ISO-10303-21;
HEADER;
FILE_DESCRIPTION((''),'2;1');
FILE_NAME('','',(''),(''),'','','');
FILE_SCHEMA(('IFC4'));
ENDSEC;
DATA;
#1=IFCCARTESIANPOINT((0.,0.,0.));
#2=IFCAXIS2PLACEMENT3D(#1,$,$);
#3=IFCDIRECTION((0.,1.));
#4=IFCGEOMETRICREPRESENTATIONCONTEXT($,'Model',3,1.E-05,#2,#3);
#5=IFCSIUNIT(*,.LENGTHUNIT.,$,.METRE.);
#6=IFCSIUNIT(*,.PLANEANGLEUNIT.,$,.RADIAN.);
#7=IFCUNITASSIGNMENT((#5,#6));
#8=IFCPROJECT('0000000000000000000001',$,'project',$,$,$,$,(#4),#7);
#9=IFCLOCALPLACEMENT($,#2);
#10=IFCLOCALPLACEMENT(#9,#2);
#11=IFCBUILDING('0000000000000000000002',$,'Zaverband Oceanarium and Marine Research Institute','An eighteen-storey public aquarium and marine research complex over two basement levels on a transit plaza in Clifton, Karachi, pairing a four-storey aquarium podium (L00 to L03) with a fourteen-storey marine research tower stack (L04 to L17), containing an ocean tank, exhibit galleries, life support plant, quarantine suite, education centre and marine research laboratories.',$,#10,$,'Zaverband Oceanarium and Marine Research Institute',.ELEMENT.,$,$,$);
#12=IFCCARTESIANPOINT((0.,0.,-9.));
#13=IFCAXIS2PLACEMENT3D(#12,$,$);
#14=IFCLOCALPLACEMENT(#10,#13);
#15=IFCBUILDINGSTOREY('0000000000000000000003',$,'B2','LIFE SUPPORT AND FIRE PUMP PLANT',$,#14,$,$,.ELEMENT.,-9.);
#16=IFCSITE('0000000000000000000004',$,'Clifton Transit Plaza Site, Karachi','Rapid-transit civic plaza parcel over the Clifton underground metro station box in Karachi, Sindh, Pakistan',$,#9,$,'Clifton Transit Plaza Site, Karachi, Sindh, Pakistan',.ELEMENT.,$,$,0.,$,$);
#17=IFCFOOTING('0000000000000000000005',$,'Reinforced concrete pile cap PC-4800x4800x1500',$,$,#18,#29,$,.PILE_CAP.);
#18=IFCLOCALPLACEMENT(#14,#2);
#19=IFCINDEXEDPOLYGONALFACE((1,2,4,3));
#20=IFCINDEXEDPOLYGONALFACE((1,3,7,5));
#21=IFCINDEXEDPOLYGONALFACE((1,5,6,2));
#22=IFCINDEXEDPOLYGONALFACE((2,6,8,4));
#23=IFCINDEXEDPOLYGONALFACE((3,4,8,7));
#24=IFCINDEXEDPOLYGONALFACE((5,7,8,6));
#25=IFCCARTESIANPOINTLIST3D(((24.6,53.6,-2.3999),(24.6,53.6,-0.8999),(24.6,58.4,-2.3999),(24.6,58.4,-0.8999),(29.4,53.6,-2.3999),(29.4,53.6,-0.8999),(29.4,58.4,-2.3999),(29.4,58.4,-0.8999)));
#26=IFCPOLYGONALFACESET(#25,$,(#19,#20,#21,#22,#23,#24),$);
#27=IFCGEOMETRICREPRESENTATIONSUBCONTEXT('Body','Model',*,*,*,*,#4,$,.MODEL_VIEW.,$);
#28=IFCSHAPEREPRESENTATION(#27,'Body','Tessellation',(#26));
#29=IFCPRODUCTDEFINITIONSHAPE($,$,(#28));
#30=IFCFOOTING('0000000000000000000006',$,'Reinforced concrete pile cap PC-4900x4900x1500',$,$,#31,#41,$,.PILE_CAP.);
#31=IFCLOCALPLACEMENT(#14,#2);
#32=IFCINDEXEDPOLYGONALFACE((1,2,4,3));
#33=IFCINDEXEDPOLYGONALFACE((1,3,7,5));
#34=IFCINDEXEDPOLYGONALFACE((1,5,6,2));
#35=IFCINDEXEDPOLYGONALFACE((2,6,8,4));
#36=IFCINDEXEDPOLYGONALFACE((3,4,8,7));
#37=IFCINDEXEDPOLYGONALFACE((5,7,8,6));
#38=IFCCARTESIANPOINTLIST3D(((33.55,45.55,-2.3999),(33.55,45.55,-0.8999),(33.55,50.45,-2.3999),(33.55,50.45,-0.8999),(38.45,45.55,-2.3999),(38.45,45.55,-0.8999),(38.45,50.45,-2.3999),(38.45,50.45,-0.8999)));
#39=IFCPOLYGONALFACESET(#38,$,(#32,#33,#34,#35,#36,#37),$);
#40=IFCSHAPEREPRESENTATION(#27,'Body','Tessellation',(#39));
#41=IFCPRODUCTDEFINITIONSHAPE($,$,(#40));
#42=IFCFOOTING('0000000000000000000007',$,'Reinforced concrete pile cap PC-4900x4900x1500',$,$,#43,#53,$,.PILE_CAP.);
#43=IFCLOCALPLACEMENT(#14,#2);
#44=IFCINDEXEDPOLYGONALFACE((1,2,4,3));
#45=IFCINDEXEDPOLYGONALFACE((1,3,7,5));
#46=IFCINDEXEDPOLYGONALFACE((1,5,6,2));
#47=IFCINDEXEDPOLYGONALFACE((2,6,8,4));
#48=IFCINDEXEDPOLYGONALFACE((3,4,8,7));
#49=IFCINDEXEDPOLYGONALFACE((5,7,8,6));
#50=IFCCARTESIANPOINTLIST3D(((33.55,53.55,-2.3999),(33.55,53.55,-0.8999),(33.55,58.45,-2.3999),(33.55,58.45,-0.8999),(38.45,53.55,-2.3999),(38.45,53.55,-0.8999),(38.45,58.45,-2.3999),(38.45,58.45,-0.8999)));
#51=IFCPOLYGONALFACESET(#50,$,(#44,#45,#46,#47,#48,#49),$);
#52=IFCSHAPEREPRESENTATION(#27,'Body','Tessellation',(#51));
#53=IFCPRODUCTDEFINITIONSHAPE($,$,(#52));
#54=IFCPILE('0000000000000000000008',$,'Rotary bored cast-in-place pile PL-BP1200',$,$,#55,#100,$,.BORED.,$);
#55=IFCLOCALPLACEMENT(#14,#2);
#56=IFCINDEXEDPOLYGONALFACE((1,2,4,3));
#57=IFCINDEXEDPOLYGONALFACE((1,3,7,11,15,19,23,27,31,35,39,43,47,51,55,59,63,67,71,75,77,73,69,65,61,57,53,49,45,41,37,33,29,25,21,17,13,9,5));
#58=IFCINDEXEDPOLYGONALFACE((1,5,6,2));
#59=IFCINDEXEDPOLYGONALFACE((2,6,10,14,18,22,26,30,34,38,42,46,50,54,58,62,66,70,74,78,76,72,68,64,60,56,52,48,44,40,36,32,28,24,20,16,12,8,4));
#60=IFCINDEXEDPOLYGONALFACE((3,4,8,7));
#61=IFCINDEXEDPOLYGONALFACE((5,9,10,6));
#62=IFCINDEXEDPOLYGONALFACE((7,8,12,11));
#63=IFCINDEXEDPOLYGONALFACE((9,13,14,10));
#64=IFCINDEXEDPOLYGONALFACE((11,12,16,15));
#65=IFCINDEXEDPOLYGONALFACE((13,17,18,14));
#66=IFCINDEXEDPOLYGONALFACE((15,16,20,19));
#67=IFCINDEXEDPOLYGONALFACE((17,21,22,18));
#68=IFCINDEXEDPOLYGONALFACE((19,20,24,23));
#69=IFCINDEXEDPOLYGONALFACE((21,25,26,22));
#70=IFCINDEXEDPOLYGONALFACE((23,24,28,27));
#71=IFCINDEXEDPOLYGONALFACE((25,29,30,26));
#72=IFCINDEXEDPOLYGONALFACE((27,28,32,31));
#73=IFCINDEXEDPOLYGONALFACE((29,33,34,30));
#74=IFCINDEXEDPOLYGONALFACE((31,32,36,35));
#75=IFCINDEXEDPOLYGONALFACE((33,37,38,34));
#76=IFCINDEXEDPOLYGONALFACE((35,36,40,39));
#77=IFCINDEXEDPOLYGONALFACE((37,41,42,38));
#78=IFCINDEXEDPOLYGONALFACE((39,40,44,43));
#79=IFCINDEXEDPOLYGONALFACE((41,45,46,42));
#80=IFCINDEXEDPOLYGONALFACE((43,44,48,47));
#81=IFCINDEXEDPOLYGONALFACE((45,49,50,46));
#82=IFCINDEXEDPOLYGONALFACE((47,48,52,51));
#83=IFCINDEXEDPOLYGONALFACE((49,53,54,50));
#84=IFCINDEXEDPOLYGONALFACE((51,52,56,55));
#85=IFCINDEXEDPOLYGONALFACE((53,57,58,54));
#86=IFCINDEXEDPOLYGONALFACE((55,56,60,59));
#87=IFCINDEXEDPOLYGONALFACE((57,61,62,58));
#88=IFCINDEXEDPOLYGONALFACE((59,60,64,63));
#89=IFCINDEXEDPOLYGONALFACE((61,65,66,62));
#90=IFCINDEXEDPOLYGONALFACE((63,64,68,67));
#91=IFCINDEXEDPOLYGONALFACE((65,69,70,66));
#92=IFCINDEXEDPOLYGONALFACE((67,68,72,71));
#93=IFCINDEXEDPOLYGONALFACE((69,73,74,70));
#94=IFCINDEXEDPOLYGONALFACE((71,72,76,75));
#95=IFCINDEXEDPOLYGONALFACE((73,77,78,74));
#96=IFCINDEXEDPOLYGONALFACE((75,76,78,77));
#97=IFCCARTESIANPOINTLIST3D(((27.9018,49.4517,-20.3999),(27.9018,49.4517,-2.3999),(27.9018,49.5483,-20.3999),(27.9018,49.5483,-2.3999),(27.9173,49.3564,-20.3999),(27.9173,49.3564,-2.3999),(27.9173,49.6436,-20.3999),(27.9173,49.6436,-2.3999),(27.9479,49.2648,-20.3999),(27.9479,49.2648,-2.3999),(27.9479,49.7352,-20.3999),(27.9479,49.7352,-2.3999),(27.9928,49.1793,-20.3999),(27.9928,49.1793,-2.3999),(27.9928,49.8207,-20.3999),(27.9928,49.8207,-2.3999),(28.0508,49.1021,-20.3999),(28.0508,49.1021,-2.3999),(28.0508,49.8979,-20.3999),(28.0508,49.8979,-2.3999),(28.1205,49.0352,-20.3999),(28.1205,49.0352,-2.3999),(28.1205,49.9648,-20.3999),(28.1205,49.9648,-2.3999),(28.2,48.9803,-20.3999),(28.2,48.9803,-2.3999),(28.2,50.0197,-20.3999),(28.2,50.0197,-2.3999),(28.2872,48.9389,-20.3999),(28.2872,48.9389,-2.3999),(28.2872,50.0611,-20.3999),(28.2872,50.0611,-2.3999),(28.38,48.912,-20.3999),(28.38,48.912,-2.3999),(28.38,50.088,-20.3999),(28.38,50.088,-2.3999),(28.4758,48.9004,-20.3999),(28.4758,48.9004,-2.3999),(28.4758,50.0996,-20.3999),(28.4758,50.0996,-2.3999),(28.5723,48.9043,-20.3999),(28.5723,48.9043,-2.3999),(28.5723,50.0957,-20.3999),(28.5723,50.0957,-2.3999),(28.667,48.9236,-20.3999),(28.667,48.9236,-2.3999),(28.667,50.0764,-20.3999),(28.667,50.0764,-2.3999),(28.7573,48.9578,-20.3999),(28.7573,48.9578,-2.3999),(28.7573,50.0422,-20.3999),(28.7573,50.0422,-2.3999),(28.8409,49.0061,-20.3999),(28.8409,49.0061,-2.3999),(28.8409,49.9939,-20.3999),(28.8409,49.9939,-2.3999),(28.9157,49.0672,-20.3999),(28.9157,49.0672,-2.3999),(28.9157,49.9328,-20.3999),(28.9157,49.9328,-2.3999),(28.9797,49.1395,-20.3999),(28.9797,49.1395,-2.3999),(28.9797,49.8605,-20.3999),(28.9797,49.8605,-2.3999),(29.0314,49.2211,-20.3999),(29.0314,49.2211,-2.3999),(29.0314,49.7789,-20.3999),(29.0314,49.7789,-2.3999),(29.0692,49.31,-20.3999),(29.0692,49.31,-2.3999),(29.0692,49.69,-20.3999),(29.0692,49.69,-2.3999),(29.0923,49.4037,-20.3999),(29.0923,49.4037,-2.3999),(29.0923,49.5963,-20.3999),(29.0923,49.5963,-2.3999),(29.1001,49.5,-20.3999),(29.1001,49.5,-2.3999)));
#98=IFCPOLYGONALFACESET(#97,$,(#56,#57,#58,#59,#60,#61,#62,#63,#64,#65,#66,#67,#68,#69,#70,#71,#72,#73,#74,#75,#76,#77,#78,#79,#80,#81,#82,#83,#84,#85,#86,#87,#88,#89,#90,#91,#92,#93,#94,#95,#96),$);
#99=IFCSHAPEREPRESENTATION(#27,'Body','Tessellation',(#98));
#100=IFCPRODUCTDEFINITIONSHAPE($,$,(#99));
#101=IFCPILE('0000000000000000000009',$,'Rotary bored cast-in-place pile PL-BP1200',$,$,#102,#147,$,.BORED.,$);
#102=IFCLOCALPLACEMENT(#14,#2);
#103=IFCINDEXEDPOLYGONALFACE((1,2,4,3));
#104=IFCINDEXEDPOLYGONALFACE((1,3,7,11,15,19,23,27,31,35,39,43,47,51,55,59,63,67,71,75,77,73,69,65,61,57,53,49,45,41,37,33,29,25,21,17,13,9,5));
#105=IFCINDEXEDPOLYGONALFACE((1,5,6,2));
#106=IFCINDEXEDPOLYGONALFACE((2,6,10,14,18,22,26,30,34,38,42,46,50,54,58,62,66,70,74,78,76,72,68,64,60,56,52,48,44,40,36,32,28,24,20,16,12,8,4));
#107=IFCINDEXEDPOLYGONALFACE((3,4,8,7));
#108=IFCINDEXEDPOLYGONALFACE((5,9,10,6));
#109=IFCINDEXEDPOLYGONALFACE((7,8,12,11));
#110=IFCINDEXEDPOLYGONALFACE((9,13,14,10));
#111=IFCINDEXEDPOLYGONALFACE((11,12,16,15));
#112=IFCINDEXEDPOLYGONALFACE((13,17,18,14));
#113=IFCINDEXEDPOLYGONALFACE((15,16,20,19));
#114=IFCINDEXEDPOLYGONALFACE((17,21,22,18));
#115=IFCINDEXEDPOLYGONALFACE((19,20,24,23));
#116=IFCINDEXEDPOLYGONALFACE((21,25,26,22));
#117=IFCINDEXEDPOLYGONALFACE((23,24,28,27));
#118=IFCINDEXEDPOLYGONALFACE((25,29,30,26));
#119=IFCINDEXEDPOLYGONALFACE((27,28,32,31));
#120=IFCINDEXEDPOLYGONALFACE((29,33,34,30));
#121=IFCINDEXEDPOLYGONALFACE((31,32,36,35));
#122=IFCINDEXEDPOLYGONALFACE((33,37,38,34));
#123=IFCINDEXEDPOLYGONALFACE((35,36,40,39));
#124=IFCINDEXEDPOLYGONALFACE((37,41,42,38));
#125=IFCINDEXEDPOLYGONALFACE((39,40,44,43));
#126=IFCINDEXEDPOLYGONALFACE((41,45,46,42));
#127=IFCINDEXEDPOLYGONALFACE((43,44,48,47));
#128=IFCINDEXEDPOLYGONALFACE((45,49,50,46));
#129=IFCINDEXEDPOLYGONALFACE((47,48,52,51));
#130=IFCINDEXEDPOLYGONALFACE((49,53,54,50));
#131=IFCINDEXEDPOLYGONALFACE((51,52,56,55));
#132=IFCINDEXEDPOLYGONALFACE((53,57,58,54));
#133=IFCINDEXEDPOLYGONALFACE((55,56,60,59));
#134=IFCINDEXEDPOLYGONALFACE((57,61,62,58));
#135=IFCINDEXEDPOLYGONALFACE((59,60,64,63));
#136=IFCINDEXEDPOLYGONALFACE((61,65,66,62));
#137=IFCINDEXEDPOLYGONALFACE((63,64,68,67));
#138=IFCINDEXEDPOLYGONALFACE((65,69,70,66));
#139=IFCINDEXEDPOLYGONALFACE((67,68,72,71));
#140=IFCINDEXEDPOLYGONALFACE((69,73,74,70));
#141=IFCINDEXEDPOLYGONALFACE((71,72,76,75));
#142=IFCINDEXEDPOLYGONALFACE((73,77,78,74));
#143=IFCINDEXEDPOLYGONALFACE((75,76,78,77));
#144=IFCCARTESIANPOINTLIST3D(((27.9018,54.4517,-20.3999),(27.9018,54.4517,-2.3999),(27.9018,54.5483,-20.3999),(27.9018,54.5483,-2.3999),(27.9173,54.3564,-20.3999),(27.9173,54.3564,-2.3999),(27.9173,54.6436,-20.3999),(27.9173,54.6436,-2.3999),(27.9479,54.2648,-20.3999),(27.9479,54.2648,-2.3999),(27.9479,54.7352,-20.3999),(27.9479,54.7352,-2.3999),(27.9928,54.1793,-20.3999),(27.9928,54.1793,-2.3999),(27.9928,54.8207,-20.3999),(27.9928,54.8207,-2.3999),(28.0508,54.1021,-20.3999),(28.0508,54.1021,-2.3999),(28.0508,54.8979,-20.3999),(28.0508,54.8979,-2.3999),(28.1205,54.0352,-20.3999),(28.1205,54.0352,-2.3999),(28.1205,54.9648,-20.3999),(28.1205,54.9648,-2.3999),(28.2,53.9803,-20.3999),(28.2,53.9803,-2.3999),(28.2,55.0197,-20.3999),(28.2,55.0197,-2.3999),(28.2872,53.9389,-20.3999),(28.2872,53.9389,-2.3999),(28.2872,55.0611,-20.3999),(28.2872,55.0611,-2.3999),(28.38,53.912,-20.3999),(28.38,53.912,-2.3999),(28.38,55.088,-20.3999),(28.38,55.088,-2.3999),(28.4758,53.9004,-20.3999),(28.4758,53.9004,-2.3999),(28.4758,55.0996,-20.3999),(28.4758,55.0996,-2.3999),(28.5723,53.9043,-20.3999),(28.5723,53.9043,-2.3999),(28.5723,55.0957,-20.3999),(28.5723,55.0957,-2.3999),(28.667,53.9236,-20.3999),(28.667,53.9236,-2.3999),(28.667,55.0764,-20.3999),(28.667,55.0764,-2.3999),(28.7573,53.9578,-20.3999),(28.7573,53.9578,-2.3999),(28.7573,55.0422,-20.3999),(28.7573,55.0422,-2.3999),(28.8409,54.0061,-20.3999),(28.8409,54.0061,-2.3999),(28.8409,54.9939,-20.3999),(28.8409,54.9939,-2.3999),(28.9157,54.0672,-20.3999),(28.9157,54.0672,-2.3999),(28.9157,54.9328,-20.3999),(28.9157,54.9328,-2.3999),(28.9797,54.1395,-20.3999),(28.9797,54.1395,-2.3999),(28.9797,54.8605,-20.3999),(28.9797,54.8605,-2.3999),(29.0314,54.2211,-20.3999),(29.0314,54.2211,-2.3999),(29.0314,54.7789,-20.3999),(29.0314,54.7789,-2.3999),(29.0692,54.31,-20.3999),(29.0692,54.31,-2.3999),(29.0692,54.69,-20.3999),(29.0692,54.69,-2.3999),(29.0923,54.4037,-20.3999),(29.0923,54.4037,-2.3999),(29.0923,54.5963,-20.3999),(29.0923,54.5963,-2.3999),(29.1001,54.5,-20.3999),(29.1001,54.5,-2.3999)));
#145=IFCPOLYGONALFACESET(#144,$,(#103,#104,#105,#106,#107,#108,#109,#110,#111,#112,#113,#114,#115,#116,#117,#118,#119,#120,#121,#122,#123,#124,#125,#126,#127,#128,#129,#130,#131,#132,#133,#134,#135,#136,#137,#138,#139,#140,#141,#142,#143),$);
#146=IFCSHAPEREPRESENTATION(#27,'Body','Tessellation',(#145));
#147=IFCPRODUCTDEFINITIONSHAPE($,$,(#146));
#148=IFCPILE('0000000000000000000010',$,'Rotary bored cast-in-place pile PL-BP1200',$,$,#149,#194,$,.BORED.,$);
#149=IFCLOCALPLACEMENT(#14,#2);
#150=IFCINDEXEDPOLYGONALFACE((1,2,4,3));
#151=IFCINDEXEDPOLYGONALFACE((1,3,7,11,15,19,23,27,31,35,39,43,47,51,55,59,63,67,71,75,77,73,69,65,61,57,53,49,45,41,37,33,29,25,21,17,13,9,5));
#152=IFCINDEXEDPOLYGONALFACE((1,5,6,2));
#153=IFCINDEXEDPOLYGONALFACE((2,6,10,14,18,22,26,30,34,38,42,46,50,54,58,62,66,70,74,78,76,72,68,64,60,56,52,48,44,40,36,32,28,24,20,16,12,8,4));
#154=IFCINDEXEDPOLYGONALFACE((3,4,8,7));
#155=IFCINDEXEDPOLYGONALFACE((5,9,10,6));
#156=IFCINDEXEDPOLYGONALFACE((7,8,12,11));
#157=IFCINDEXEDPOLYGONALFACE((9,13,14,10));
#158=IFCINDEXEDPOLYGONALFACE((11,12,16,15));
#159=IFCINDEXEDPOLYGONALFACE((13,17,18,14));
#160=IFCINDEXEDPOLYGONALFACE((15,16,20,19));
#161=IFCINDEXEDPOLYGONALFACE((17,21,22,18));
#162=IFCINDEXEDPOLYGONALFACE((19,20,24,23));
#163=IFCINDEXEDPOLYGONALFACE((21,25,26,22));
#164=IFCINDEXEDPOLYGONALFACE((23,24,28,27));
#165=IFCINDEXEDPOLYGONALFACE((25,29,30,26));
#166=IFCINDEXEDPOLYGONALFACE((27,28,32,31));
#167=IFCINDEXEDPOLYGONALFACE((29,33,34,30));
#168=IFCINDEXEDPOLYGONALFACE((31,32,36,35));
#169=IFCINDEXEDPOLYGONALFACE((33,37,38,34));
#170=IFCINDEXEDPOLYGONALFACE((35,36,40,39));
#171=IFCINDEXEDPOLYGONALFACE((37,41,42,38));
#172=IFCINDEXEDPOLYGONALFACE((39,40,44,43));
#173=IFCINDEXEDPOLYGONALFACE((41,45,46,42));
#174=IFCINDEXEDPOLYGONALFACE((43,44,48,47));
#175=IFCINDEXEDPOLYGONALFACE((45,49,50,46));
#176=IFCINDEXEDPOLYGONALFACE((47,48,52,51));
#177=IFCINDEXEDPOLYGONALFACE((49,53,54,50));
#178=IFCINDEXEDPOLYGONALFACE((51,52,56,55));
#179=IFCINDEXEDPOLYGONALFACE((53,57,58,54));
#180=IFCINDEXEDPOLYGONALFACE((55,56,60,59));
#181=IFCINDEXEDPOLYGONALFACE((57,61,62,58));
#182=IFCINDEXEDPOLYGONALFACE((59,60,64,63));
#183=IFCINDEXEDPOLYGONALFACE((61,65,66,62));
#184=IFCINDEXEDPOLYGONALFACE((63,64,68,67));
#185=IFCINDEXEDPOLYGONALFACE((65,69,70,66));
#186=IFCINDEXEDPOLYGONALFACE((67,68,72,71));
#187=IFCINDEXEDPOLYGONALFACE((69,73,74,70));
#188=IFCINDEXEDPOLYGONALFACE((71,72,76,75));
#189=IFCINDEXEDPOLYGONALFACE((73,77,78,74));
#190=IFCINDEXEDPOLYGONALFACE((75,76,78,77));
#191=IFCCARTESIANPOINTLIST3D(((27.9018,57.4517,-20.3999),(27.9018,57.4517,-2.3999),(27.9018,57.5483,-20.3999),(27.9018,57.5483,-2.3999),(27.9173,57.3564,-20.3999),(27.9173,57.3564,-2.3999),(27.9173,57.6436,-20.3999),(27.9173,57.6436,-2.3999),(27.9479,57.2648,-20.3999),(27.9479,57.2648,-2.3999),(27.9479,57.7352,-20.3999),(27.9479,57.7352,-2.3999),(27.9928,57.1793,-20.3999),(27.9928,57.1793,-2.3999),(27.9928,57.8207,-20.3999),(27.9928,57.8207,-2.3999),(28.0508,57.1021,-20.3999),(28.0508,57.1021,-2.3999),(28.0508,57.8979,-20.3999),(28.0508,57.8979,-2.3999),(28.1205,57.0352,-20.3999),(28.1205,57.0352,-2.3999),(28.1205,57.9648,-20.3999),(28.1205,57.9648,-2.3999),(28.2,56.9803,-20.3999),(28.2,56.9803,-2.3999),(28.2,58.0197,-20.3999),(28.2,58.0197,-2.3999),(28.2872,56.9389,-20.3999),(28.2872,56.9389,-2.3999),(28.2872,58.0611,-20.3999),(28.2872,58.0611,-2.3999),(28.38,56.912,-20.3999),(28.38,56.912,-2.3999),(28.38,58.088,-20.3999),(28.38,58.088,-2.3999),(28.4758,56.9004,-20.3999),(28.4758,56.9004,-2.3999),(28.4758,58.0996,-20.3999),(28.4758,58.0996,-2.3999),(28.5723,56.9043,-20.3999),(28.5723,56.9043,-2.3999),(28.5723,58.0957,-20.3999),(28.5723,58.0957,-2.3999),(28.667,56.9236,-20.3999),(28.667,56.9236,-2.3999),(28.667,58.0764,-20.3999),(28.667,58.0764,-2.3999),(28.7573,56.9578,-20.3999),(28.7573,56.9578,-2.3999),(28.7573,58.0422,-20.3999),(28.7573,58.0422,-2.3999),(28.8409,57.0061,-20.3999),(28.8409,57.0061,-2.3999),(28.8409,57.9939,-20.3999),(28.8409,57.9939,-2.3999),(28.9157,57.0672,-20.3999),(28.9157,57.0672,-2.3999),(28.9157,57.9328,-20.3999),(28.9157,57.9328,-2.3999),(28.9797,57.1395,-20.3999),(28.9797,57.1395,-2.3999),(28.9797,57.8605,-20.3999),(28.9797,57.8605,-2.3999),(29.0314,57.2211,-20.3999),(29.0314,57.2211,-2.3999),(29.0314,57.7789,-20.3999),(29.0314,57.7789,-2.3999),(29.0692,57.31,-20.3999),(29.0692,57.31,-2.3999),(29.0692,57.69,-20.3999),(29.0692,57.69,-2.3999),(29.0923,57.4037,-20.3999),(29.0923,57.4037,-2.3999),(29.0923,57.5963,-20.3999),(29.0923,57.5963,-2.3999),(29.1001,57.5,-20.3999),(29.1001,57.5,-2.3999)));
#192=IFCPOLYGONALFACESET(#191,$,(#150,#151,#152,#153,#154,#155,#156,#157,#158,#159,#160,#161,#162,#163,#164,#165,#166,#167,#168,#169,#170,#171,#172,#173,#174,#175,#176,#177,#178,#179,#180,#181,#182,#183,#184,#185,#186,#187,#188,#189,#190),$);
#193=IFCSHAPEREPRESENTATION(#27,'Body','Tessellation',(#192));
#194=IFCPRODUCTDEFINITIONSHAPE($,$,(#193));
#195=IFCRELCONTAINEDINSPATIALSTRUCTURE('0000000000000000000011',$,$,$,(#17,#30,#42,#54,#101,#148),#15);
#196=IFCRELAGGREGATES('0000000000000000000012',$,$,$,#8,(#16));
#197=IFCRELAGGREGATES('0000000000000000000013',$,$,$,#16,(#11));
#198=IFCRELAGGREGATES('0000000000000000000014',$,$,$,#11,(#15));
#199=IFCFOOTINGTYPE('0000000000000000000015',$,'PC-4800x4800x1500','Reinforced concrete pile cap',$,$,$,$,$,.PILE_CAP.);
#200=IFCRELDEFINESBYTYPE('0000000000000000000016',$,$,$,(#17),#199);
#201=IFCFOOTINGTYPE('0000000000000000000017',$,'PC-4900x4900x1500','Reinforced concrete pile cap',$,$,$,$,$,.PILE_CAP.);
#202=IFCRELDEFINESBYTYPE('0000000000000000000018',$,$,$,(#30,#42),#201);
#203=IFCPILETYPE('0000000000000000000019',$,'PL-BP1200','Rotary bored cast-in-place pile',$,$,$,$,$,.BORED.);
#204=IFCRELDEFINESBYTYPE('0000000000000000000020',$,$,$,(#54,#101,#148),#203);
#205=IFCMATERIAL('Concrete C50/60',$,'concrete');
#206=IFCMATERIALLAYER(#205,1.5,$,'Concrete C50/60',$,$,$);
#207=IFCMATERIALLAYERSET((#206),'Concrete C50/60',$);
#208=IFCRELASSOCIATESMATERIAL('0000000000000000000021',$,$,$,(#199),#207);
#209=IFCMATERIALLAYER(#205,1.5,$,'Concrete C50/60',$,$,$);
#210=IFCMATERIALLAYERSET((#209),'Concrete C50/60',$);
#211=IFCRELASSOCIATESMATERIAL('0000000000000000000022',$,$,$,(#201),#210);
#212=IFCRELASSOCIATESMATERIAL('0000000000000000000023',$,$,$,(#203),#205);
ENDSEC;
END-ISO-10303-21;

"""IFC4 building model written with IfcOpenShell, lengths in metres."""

from ifc_helpers import new_model, si_unit, direction, frame, origin, origin_2d, place, context, subcontext, project, spatial, rectangle, circle, extrude, material, layer, layer_set, material_profile, profile_set, type_object, element, save


model = new_model("IFC4")

# Units and contexts
model_context = context("Model", 3, precision=1e-05, world=origin(), true_north=direction((0.0, 1.0)))
body_context = subcontext(model_context, "Body", "Model", "MODEL_VIEW")
ifc_project = project(units=[si_unit("LENGTHUNIT", "METRE"), si_unit("PLANEANGLEUNIT", "RADIAN")], contexts=[model_context])

# Site, building, storey
site_placement = place(None, origin())
site = spatial("IfcSite", under=ifc_project, at=site_placement, Name="Clifton Transit Plaza Site, Karachi", Description="Rapid-transit civic plaza parcel over the Clifton underground metro station box in Karachi, Sindh, Pakistan", LongName="Clifton Transit Plaza Site, Karachi, Sindh, Pakistan", CompositionType="ELEMENT", RefElevation=0.0)
building_placement = place(site_placement, origin())
building = spatial("IfcBuilding", under=site, at=building_placement, Name="Zaverband Oceanarium and Marine Research Institute", Description="An eighteen-storey public aquarium and marine research complex over two basement levels on a transit plaza in Clifton, Karachi, pairing a four-storey aquarium podium (L00 to L03) with a fourteen-storey marine research tower stack (L04 to L17), containing an ocean tank, exhibit galleries, life support plant, quarantine suite, education centre and marine research laboratories.", LongName="Zaverband Oceanarium and Marine Research Institute", CompositionType="ELEMENT")
storey_placement = place(building_placement, frame((0.0, 0.0, -9.0)))
storey = spatial("IfcBuildingStorey", under=building, at=storey_placement, Name="B2", Description="LIFE SUPPORT AND FIRE PUMP PLANT", CompositionType="ELEMENT", Elevation=-9.0)

# Footings
ifc_material_1 = material(Name="Concrete C50/60", Category="concrete")
ifc_layer_1 = layer(ifc_material_1, 1.5, Name="Concrete C50/60")
ifc_layer_set_1 = layer_set([ifc_layer_1], Name="Concrete C50/60")
footing_type_1 = type_object("IfcFootingType", Name="PC-4800x4800x1500", Description="Reinforced concrete pile cap", PredefinedType="PILE_CAP", material=ifc_layer_set_1)
footing_placement = place(storey_placement, frame((27.0, 56.0, -2.3999), z_axis=(0.0, 0.0, 1.0), x_axis=(1.0, 0.0, 0.0)))
element("IfcFooting", 1, at=footing_placement, inside=storey, type_object=footing_type_1, Name="Reinforced concrete pile cap PC-4800x4800x1500", PredefinedType="PILE_CAP", context=body_context, shape_type="SweptSolid", body=[
    extrude(rectangle(XDim=4.8, YDim=4.8, at=origin_2d()), origin(), (0.0, 0.0, 1.0), 1.5),
])
ifc_layer_2 = layer(ifc_material_1, 1.5, Name="Concrete C50/60")
ifc_layer_set_2 = layer_set([ifc_layer_2], Name="Concrete C50/60")
footing_type_2 = type_object("IfcFootingType", Name="PC-4900x4900x1500", Description="Reinforced concrete pile cap", PredefinedType="PILE_CAP", material=ifc_layer_set_2)
for number, where, z_axis, x_axis, name in (
    (2, (36.0, 48.0, -2.3999), (0.0, 0.0, 1.0), (1.0, 0.0, 0.0), "Reinforced concrete pile cap PC-4900x4900x1500"),
    (3, (36.0, 56.0, -2.3999), (0.0, 0.0, 1.0), (1.0, 0.0, 0.0), "Reinforced concrete pile cap PC-4900x4900x1500"),
):
    element("IfcFooting", number, at=place(storey_placement, frame(where, z_axis=z_axis, x_axis=x_axis)), inside=storey, type_object=footing_type_2, Name=name, PredefinedType="PILE_CAP", context=body_context, shape_type="SweptSolid", body=[
        extrude(rectangle(XDim=4.8999, YDim=4.8999, at=origin_2d()), origin(), (0.0, 0.0, 1.0), 1.5),
    ])

# Piles
ifc_material_profile_1 = material_profile(ifc_material_1, circle(Radius=0.6001, at=origin_2d()), Name="BP1200")
ifc_profile_set_1 = profile_set([ifc_material_profile_1], Name="Concrete C50/60")
pile_type = type_object("IfcPileType", Name="PL-BP1200", Description="Rotary bored cast-in-place pile", PredefinedType="BORED", material=ifc_profile_set_1)
for number, where, z_axis, x_axis, name in (
    (4, (28.5, 49.5, -2.3999), (0.0, 0.0, -1.0), (1.0, 0.0, 0.0), "Rotary bored cast-in-place pile PL-BP1200"),
    (5, (28.5, 54.5, -2.3999), (0.0, 0.0, -1.0), (1.0, 0.0, 0.0), "Rotary bored cast-in-place pile PL-BP1200"),
    (6, (28.5, 57.5, -2.3999), (0.0, 0.0, -1.0), (1.0, 0.0, 0.0), "Rotary bored cast-in-place pile PL-BP1200"),
):
    element("IfcPile", number, at=place(storey_placement, frame(where, z_axis=z_axis, x_axis=x_axis)), inside=storey, type_object=pile_type, Name=name, PredefinedType="BORED", context=body_context, shape_type="SweptSolid", body=[
        extrude(circle(Radius=0.6001, at=origin_2d()), origin(), (0.0, 0.0, 1.0), 18.0),
    ])

save(model, "model.ifc")
